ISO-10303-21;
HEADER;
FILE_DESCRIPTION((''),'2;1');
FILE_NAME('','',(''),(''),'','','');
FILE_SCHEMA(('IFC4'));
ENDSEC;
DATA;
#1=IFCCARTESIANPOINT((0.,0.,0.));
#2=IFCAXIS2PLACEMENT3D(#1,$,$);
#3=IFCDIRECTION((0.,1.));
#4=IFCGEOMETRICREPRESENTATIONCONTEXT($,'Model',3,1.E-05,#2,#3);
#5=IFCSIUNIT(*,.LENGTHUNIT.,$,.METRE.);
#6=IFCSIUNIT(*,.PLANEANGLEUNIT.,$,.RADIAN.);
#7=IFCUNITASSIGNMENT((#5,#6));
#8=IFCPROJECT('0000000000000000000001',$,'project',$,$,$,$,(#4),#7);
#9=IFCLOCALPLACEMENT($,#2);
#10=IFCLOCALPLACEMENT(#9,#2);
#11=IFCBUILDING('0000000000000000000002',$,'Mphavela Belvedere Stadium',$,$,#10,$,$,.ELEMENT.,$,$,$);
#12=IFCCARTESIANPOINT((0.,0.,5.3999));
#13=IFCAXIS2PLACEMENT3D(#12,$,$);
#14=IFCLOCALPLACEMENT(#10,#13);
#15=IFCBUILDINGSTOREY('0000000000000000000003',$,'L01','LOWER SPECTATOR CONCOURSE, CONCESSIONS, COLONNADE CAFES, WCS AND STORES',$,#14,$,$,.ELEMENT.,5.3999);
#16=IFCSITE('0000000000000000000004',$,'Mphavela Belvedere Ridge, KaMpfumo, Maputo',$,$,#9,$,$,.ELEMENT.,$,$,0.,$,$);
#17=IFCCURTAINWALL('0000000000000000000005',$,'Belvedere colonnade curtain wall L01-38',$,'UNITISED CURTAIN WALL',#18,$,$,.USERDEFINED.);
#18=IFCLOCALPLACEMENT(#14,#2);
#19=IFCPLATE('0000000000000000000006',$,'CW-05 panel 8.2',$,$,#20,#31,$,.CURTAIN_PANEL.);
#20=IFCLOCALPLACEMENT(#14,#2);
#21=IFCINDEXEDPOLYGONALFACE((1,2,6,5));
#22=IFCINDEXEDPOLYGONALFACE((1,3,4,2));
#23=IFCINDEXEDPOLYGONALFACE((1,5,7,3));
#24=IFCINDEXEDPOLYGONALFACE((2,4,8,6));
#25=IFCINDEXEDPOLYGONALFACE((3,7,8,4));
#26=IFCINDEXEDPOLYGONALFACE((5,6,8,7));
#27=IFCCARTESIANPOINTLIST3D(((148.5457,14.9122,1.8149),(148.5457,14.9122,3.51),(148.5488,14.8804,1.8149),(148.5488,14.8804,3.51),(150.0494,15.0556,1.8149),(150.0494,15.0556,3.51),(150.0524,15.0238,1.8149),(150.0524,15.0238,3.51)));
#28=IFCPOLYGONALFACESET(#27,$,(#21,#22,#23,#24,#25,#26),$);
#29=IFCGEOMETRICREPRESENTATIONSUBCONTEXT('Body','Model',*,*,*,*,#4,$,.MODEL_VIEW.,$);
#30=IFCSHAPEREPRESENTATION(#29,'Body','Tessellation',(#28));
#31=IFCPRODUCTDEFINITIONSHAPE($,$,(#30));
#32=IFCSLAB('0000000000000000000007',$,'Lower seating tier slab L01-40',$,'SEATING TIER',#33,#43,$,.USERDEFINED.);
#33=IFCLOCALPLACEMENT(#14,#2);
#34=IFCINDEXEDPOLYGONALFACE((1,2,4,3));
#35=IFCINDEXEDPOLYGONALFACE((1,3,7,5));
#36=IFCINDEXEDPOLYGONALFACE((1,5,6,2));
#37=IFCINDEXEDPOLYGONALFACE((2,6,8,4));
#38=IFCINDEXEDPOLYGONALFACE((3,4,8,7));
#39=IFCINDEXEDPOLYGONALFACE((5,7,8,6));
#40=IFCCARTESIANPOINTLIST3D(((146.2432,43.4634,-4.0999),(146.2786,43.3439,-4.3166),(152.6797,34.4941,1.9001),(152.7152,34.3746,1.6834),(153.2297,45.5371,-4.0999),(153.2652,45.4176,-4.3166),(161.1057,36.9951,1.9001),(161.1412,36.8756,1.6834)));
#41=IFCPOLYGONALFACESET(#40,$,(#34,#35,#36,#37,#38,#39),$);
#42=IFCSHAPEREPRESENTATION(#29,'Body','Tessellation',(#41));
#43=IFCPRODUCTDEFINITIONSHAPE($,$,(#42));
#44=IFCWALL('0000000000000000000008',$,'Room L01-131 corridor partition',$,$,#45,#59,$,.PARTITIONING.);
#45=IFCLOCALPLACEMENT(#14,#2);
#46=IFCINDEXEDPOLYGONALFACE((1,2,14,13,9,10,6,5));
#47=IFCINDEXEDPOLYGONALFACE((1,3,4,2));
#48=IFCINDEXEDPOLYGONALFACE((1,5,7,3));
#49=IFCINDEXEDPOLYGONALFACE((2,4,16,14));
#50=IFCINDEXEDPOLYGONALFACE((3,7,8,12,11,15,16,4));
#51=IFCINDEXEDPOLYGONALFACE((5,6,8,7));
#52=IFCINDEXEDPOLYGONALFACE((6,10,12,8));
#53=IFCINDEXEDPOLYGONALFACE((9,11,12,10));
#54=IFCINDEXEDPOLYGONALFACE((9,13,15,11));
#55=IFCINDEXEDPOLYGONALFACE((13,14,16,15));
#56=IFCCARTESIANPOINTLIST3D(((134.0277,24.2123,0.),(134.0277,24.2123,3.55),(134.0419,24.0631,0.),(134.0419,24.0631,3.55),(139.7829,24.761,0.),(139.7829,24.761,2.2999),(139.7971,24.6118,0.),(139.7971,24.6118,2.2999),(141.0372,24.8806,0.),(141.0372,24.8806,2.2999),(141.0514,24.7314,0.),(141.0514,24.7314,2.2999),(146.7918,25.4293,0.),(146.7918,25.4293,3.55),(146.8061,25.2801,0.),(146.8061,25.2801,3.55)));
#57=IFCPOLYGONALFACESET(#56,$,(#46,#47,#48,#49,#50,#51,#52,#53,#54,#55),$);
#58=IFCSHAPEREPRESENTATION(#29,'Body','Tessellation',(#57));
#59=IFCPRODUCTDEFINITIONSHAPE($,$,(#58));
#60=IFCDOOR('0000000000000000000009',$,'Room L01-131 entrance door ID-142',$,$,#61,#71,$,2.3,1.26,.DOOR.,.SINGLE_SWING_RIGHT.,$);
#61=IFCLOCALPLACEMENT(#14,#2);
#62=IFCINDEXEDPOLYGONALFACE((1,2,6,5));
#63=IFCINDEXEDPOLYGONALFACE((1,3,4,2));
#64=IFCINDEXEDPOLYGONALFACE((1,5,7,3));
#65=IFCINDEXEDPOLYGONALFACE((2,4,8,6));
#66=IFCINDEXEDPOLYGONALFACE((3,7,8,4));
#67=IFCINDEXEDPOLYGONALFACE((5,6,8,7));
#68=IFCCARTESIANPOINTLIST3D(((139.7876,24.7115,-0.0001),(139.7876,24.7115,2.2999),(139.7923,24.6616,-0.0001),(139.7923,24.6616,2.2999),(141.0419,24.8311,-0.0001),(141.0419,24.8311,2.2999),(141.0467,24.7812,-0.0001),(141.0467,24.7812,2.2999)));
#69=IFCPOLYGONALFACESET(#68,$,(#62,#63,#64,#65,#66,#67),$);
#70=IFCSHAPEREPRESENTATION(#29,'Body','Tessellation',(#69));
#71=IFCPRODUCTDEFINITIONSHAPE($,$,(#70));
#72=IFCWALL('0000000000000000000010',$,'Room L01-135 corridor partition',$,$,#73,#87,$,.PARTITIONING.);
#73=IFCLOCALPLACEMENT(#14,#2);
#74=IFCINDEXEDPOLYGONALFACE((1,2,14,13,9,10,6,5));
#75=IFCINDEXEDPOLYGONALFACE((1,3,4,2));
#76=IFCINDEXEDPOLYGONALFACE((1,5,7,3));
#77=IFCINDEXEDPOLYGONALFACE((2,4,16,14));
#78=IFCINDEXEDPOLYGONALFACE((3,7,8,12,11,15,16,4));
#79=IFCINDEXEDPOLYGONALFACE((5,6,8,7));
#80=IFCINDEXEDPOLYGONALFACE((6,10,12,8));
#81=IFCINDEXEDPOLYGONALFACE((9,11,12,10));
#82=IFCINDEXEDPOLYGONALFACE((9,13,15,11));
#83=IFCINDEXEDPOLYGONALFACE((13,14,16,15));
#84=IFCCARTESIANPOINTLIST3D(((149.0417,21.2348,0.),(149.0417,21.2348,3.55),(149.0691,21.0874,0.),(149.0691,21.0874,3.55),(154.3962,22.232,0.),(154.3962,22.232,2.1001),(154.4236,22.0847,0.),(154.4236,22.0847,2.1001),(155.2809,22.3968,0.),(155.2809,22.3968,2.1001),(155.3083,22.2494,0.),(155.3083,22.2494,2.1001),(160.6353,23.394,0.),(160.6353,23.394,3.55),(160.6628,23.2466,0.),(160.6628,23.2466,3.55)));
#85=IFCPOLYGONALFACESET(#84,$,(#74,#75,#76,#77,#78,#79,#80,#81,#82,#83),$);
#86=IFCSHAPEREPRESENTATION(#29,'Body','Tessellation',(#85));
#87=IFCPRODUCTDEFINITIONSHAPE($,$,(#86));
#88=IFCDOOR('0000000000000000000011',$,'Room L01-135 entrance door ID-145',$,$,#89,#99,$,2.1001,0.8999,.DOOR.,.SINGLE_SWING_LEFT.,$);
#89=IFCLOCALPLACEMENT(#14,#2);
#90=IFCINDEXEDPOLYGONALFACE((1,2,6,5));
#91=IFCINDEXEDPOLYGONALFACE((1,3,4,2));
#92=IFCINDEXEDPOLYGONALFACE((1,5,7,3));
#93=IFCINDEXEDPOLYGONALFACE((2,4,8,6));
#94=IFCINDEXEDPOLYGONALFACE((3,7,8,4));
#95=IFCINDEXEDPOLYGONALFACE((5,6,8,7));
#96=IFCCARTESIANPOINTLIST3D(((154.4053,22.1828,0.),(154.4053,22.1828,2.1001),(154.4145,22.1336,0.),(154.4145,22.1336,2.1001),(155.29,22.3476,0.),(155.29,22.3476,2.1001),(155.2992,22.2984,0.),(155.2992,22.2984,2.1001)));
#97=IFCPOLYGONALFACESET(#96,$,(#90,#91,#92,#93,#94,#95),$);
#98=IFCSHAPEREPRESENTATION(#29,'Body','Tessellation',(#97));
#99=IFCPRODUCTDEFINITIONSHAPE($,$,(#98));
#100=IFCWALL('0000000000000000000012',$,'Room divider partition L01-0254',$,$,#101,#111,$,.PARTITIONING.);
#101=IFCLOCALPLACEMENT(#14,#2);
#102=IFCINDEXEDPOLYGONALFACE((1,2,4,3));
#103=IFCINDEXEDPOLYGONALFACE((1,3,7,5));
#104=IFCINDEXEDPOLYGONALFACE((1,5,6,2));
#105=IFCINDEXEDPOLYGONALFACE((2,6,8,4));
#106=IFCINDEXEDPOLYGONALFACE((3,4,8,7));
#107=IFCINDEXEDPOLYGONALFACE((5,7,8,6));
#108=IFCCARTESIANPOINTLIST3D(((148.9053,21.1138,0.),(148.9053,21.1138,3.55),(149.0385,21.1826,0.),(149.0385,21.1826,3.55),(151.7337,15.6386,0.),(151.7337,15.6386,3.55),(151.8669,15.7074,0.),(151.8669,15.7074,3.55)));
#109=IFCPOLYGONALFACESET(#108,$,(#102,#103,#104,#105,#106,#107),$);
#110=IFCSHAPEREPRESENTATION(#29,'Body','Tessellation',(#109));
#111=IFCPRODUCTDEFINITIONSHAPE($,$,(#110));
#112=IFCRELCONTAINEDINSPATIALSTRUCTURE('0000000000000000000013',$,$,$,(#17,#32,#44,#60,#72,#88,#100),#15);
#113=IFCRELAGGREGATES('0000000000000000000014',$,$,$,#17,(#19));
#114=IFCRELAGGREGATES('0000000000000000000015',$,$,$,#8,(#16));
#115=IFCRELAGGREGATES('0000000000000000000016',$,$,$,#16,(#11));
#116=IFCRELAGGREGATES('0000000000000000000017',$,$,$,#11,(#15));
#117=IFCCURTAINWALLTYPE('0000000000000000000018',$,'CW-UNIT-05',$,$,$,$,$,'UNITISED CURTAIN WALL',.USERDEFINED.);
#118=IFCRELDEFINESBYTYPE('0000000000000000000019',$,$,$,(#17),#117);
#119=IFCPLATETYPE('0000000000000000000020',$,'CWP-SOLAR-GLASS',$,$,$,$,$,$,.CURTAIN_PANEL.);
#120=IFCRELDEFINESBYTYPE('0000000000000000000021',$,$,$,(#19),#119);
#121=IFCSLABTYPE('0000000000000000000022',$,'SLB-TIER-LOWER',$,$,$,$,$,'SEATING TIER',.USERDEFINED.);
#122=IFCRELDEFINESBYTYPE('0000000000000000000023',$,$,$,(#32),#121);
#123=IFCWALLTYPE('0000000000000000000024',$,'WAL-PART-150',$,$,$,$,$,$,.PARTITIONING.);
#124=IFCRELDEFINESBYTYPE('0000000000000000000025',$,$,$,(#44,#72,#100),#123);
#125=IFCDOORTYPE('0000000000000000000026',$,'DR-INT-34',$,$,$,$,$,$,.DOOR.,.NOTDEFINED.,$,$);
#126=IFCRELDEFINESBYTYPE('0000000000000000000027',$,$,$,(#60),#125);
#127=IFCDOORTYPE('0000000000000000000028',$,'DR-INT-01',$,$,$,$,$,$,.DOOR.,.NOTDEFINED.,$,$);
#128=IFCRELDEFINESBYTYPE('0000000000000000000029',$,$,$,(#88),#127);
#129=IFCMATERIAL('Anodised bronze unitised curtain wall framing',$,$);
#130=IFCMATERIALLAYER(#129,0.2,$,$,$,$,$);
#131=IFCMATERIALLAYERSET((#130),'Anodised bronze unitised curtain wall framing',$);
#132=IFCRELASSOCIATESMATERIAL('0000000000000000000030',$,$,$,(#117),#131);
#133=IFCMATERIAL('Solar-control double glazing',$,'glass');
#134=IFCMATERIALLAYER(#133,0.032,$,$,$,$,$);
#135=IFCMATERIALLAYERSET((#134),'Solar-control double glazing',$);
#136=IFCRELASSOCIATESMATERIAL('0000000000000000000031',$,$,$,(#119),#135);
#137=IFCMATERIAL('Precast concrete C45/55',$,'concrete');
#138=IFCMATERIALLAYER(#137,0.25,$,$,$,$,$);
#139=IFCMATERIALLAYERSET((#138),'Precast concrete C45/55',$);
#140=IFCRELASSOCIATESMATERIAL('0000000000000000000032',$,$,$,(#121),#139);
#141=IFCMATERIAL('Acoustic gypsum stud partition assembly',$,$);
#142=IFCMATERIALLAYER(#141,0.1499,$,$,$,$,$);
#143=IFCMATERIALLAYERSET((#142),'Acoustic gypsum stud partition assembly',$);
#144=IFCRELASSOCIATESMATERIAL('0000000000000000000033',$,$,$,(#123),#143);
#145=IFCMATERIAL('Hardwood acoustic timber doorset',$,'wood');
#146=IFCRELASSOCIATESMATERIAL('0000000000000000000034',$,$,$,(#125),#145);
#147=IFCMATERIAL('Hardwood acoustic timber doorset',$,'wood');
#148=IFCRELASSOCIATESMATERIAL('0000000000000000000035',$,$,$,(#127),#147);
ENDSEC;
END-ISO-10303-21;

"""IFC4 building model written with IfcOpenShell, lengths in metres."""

from ifc_helpers import new_model, si_unit, direction, frame, frame_2d, origin, origin_2d, place, context, subcontext, project, spatial, polyline, rectangle, outline, extrude, material, layer, layer_set, type_object, element, fill, aggregate, save


model = new_model("IFC4")

# Units and contexts
model_context = context("Model", 3, precision=1e-05, world=origin(), true_north=direction((0.0, 1.0)))
body_context = subcontext(model_context, "Body", "Model", "MODEL_VIEW")
ifc_project = project(units=[si_unit("LENGTHUNIT", "METRE"), si_unit("PLANEANGLEUNIT", "RADIAN")], contexts=[model_context])

# Site, building, storey
site_placement = place(None, origin())
site = spatial("IfcSite", under=ifc_project, at=site_placement, Name="Mphavela Belvedere Ridge, KaMpfumo, Maputo", CompositionType="ELEMENT", RefElevation=0.0)
building_placement = place(site_placement, origin())
building = spatial("IfcBuilding", under=site, at=building_placement, Name="Mphavela Belvedere Stadium", CompositionType="ELEMENT")
storey_placement = place(building_placement, frame((0.0, 0.0, 5.3999)))
storey = spatial("IfcBuildingStorey", under=building, at=storey_placement, Name="L01", Description="LOWER SPECTATOR CONCOURSE, CONCESSIONS, COLONNADE CAFES, WCS AND STORES", CompositionType="ELEMENT", Elevation=5.3999)

# Curtain wall, plate
ifc_material_1 = material(Name="Anodised bronze unitised curtain wall framing")
ifc_layer_1 = layer(ifc_material_1, 0.2)
ifc_layer_set_1 = layer_set([ifc_layer_1], Name="Anodised bronze unitised curtain wall framing")
curtain_wall_type = type_object("IfcCurtainWallType", Name="CW-UNIT-05", ElementType="UNITISED CURTAIN WALL", PredefinedType="USERDEFINED", material=ifc_layer_set_1)
curtain_wall_placement = place(storey_placement, origin())
curtain_wall = element("IfcCurtainWall", 1, at=curtain_wall_placement, inside=storey, type_object=curtain_wall_type, Name="Belvedere colonnade curtain wall L01-38", ObjectType="UNITISED CURTAIN WALL", PredefinedType="USERDEFINED")
ifc_material_2 = material(Name="Solar-control double glazing", Category="glass")
ifc_layer_2 = layer(ifc_material_2, 0.032)
ifc_layer_set_2 = layer_set([ifc_layer_2], Name="Solar-control double glazing")
plate_type = type_object("IfcPlateType", Name="CWP-SOLAR-GLASS", PredefinedType="CURTAIN_PANEL", material=ifc_layer_set_2)
plate_1_placement = place(storey_placement, frame((149.2991, 14.968, 1.8149), z_axis=(0.0, 0.0, 1.0), x_axis=(0.995485, 0.094922, 0.0)))
plate_1 = element("IfcPlate", 2, at=plate_1_placement, type_object=plate_type, Name="CW-05 panel 8.2", PredefinedType="CURTAIN_PANEL", context=body_context, shape_type="SweptSolid", body=[
    extrude(rectangle(XDim=1.5105, YDim=0.032, at=origin_2d()), origin(), (0.0, 0.0, 1.0), 1.6951),
])
aggregate(curtain_wall, [plate_1])

# Slab
ifc_material_3 = material(Name="Precast concrete C45/55", Category="concrete")
ifc_layer_3 = layer(ifc_material_3, 0.25)
ifc_layer_set_3 = layer_set([ifc_layer_3], Name="Precast concrete C45/55")
slab_type = type_object("IfcSlabType", Name="SLB-TIER-LOWER", ElementType="SEATING TIER", PredefinedType="USERDEFINED", material=ifc_layer_set_3)
slab_placement = place(storey_placement, frame((146.2432, 43.4634, -4.0999), z_axis=(-0.141887, 0.478031, 0.866807), x_axis=(0.958662, 0.284547, 0.0)))
element("IfcSlab", 3, at=slab_placement, inside=storey, type_object=slab_type, Name="Lower seating tier slab L01-40", ObjectType="SEATING TIER", PredefinedType="USERDEFINED", context=body_context, shape_type="SweptSolid", body=[
    extrude(outline(polyline([(0.0, 0.0), (7.2878, 0.0), (12.4076, -12.0326), (3.6183, -12.0326), (0.0, 0.0)])), origin(), (0.0, 0.0, -1.0), 0.25),
])

# Walls, openings, doors
ifc_material_4 = material(Name="Acoustic gypsum stud partition assembly")
ifc_layer_4 = layer(ifc_material_4, 0.1499)
ifc_layer_set_4 = layer_set([ifc_layer_4], Name="Acoustic gypsum stud partition assembly")
wall_type = type_object("IfcWallType", Name="WAL-PART-150", PredefinedType="PARTITIONING", material=ifc_layer_set_4)
wall_1_placement = place(storey_placement, frame((146.7991, 25.3547, 0.0), z_axis=(0.0, 0.0, 1.0), x_axis=(-0.995485, -0.094918, 0.0)))
wall_1 = element("IfcWall", 4, at=wall_1_placement, inside=storey, type_object=wall_type, Name="Room L01-131 corridor partition", PredefinedType="PARTITIONING", context=body_context, shape_type="SweptSolid", body=[
    extrude(rectangle(XDim=12.822, YDim=0.1499, at=frame_2d((6.4111, 0.0))), origin(), (0.0, 0.0, 1.0), 3.55),
])
opening_1_placement = place(wall_1_placement, frame((5.781, 0.0, 0.0)))
opening_1 = element("IfcOpeningElement", 5, at=opening_1_placement, cuts=wall_1, PredefinedType="OPENING", context=body_context, shape_type="SweptSolid", body=[
    extrude(rectangle(XDim=1.26, YDim=2.3, at=frame_2d((0.6299, 1.1499))), frame((0.0, 0.085, 0.0), z_axis=(0.0, -1.0, 0.0), x_axis=(1.0, 0.0, 0.0)), (0.0, 0.0, 1.0), 0.1699),
])
ifc_material_5 = material(Name="Hardwood acoustic timber doorset", Category="wood")
door_type_1 = type_object("IfcDoorType", Name="DR-INT-34", OperationType="NOTDEFINED", PredefinedType="DOOR", material=ifc_material_5)
door_1_placement = place(opening_1_placement, origin())
door_1 = element("IfcDoor", 6, at=door_1_placement, inside=storey, type_object=door_type_1, Name="Room L01-131 entrance door ID-142", OperationType="SINGLE_SWING_RIGHT", OverallHeight=2.3, OverallWidth=1.26, PredefinedType="DOOR", context=body_context, shape_type="SweptSolid", body=[
    extrude(rectangle(XDim=1.26, YDim=2.3, at=frame_2d((0.6299, 1.1499))), frame((0.0, 0.0249, 0.0), z_axis=(0.0, -1.0, 0.0), x_axis=(1.0, 0.0, 0.0)), (0.0, 0.0, 1.0), 0.05),
])
fill(opening_1, door_1)
wall_2_placement = place(storey_placement, frame((149.0554, 21.1611, 0.0), z_axis=(0.0, 0.0, 1.0), x_axis=(0.983096, 0.183092, 0.0)))
wall_2 = element("IfcWall", 7, at=wall_2_placement, inside=storey, type_object=wall_type, Name="Room L01-135 corridor partition", PredefinedType="PARTITIONING", context=body_context, shape_type="SweptSolid", body=[
    extrude(rectangle(XDim=11.793, YDim=0.1499, at=frame_2d((5.8965, 0.0))), origin(), (0.0, 0.0, 1.0), 3.55),
])
opening_2_placement = place(wall_2_placement, frame((5.4465, 0.0, 0.0)))
opening_2 = element("IfcOpeningElement", 8, at=opening_2_placement, cuts=wall_2, PredefinedType="OPENING", context=body_context, shape_type="SweptSolid", body=[
    extrude(rectangle(XDim=0.8999, YDim=2.1001, at=frame_2d((0.45, 1.05))), frame((0.0, 0.085, 0.0), z_axis=(0.0, -1.0, 0.0), x_axis=(1.0, 0.0, 0.0)), (0.0, 0.0, 1.0), 0.1699),
])
ifc_material_6 = material(Name="Hardwood acoustic timber doorset", Category="wood")
door_type_2 = type_object("IfcDoorType", Name="DR-INT-01", OperationType="NOTDEFINED", PredefinedType="DOOR", material=ifc_material_6)
door_2_placement = place(opening_2_placement, origin())
door_2 = element("IfcDoor", 9, at=door_2_placement, inside=storey, type_object=door_type_2, Name="Room L01-135 entrance door ID-145", OperationType="SINGLE_SWING_LEFT", OverallHeight=2.1001, OverallWidth=0.8999, PredefinedType="DOOR", context=body_context, shape_type="SweptSolid", body=[
    extrude(rectangle(XDim=0.8999, YDim=2.1001, at=frame_2d((0.45, 1.05))), frame((0.0, 0.0249, 0.0), z_axis=(0.0, -1.0, 0.0), x_axis=(1.0, 0.0, 0.0)), (0.0, 0.0, 1.0), 0.05),
])
fill(opening_2, door_2)

# Wall
wall_3_placement = place(storey_placement, frame((148.9719, 21.1482, 0.0), z_axis=(0.0, 0.0, 1.0), x_axis=(0.458965, -0.888454, 0.0)))
element("IfcWall", 10, at=wall_3_placement, inside=storey, type_object=wall_type, Name="Room divider partition L01-0254", PredefinedType="PARTITIONING", context=body_context, shape_type="SweptSolid", body=[
    extrude(rectangle(XDim=6.1626, YDim=0.1499, at=frame_2d((3.0813, 0.0))), origin(), (0.0, 0.0, 1.0), 3.55),
])

save(model, "model.ifc")
